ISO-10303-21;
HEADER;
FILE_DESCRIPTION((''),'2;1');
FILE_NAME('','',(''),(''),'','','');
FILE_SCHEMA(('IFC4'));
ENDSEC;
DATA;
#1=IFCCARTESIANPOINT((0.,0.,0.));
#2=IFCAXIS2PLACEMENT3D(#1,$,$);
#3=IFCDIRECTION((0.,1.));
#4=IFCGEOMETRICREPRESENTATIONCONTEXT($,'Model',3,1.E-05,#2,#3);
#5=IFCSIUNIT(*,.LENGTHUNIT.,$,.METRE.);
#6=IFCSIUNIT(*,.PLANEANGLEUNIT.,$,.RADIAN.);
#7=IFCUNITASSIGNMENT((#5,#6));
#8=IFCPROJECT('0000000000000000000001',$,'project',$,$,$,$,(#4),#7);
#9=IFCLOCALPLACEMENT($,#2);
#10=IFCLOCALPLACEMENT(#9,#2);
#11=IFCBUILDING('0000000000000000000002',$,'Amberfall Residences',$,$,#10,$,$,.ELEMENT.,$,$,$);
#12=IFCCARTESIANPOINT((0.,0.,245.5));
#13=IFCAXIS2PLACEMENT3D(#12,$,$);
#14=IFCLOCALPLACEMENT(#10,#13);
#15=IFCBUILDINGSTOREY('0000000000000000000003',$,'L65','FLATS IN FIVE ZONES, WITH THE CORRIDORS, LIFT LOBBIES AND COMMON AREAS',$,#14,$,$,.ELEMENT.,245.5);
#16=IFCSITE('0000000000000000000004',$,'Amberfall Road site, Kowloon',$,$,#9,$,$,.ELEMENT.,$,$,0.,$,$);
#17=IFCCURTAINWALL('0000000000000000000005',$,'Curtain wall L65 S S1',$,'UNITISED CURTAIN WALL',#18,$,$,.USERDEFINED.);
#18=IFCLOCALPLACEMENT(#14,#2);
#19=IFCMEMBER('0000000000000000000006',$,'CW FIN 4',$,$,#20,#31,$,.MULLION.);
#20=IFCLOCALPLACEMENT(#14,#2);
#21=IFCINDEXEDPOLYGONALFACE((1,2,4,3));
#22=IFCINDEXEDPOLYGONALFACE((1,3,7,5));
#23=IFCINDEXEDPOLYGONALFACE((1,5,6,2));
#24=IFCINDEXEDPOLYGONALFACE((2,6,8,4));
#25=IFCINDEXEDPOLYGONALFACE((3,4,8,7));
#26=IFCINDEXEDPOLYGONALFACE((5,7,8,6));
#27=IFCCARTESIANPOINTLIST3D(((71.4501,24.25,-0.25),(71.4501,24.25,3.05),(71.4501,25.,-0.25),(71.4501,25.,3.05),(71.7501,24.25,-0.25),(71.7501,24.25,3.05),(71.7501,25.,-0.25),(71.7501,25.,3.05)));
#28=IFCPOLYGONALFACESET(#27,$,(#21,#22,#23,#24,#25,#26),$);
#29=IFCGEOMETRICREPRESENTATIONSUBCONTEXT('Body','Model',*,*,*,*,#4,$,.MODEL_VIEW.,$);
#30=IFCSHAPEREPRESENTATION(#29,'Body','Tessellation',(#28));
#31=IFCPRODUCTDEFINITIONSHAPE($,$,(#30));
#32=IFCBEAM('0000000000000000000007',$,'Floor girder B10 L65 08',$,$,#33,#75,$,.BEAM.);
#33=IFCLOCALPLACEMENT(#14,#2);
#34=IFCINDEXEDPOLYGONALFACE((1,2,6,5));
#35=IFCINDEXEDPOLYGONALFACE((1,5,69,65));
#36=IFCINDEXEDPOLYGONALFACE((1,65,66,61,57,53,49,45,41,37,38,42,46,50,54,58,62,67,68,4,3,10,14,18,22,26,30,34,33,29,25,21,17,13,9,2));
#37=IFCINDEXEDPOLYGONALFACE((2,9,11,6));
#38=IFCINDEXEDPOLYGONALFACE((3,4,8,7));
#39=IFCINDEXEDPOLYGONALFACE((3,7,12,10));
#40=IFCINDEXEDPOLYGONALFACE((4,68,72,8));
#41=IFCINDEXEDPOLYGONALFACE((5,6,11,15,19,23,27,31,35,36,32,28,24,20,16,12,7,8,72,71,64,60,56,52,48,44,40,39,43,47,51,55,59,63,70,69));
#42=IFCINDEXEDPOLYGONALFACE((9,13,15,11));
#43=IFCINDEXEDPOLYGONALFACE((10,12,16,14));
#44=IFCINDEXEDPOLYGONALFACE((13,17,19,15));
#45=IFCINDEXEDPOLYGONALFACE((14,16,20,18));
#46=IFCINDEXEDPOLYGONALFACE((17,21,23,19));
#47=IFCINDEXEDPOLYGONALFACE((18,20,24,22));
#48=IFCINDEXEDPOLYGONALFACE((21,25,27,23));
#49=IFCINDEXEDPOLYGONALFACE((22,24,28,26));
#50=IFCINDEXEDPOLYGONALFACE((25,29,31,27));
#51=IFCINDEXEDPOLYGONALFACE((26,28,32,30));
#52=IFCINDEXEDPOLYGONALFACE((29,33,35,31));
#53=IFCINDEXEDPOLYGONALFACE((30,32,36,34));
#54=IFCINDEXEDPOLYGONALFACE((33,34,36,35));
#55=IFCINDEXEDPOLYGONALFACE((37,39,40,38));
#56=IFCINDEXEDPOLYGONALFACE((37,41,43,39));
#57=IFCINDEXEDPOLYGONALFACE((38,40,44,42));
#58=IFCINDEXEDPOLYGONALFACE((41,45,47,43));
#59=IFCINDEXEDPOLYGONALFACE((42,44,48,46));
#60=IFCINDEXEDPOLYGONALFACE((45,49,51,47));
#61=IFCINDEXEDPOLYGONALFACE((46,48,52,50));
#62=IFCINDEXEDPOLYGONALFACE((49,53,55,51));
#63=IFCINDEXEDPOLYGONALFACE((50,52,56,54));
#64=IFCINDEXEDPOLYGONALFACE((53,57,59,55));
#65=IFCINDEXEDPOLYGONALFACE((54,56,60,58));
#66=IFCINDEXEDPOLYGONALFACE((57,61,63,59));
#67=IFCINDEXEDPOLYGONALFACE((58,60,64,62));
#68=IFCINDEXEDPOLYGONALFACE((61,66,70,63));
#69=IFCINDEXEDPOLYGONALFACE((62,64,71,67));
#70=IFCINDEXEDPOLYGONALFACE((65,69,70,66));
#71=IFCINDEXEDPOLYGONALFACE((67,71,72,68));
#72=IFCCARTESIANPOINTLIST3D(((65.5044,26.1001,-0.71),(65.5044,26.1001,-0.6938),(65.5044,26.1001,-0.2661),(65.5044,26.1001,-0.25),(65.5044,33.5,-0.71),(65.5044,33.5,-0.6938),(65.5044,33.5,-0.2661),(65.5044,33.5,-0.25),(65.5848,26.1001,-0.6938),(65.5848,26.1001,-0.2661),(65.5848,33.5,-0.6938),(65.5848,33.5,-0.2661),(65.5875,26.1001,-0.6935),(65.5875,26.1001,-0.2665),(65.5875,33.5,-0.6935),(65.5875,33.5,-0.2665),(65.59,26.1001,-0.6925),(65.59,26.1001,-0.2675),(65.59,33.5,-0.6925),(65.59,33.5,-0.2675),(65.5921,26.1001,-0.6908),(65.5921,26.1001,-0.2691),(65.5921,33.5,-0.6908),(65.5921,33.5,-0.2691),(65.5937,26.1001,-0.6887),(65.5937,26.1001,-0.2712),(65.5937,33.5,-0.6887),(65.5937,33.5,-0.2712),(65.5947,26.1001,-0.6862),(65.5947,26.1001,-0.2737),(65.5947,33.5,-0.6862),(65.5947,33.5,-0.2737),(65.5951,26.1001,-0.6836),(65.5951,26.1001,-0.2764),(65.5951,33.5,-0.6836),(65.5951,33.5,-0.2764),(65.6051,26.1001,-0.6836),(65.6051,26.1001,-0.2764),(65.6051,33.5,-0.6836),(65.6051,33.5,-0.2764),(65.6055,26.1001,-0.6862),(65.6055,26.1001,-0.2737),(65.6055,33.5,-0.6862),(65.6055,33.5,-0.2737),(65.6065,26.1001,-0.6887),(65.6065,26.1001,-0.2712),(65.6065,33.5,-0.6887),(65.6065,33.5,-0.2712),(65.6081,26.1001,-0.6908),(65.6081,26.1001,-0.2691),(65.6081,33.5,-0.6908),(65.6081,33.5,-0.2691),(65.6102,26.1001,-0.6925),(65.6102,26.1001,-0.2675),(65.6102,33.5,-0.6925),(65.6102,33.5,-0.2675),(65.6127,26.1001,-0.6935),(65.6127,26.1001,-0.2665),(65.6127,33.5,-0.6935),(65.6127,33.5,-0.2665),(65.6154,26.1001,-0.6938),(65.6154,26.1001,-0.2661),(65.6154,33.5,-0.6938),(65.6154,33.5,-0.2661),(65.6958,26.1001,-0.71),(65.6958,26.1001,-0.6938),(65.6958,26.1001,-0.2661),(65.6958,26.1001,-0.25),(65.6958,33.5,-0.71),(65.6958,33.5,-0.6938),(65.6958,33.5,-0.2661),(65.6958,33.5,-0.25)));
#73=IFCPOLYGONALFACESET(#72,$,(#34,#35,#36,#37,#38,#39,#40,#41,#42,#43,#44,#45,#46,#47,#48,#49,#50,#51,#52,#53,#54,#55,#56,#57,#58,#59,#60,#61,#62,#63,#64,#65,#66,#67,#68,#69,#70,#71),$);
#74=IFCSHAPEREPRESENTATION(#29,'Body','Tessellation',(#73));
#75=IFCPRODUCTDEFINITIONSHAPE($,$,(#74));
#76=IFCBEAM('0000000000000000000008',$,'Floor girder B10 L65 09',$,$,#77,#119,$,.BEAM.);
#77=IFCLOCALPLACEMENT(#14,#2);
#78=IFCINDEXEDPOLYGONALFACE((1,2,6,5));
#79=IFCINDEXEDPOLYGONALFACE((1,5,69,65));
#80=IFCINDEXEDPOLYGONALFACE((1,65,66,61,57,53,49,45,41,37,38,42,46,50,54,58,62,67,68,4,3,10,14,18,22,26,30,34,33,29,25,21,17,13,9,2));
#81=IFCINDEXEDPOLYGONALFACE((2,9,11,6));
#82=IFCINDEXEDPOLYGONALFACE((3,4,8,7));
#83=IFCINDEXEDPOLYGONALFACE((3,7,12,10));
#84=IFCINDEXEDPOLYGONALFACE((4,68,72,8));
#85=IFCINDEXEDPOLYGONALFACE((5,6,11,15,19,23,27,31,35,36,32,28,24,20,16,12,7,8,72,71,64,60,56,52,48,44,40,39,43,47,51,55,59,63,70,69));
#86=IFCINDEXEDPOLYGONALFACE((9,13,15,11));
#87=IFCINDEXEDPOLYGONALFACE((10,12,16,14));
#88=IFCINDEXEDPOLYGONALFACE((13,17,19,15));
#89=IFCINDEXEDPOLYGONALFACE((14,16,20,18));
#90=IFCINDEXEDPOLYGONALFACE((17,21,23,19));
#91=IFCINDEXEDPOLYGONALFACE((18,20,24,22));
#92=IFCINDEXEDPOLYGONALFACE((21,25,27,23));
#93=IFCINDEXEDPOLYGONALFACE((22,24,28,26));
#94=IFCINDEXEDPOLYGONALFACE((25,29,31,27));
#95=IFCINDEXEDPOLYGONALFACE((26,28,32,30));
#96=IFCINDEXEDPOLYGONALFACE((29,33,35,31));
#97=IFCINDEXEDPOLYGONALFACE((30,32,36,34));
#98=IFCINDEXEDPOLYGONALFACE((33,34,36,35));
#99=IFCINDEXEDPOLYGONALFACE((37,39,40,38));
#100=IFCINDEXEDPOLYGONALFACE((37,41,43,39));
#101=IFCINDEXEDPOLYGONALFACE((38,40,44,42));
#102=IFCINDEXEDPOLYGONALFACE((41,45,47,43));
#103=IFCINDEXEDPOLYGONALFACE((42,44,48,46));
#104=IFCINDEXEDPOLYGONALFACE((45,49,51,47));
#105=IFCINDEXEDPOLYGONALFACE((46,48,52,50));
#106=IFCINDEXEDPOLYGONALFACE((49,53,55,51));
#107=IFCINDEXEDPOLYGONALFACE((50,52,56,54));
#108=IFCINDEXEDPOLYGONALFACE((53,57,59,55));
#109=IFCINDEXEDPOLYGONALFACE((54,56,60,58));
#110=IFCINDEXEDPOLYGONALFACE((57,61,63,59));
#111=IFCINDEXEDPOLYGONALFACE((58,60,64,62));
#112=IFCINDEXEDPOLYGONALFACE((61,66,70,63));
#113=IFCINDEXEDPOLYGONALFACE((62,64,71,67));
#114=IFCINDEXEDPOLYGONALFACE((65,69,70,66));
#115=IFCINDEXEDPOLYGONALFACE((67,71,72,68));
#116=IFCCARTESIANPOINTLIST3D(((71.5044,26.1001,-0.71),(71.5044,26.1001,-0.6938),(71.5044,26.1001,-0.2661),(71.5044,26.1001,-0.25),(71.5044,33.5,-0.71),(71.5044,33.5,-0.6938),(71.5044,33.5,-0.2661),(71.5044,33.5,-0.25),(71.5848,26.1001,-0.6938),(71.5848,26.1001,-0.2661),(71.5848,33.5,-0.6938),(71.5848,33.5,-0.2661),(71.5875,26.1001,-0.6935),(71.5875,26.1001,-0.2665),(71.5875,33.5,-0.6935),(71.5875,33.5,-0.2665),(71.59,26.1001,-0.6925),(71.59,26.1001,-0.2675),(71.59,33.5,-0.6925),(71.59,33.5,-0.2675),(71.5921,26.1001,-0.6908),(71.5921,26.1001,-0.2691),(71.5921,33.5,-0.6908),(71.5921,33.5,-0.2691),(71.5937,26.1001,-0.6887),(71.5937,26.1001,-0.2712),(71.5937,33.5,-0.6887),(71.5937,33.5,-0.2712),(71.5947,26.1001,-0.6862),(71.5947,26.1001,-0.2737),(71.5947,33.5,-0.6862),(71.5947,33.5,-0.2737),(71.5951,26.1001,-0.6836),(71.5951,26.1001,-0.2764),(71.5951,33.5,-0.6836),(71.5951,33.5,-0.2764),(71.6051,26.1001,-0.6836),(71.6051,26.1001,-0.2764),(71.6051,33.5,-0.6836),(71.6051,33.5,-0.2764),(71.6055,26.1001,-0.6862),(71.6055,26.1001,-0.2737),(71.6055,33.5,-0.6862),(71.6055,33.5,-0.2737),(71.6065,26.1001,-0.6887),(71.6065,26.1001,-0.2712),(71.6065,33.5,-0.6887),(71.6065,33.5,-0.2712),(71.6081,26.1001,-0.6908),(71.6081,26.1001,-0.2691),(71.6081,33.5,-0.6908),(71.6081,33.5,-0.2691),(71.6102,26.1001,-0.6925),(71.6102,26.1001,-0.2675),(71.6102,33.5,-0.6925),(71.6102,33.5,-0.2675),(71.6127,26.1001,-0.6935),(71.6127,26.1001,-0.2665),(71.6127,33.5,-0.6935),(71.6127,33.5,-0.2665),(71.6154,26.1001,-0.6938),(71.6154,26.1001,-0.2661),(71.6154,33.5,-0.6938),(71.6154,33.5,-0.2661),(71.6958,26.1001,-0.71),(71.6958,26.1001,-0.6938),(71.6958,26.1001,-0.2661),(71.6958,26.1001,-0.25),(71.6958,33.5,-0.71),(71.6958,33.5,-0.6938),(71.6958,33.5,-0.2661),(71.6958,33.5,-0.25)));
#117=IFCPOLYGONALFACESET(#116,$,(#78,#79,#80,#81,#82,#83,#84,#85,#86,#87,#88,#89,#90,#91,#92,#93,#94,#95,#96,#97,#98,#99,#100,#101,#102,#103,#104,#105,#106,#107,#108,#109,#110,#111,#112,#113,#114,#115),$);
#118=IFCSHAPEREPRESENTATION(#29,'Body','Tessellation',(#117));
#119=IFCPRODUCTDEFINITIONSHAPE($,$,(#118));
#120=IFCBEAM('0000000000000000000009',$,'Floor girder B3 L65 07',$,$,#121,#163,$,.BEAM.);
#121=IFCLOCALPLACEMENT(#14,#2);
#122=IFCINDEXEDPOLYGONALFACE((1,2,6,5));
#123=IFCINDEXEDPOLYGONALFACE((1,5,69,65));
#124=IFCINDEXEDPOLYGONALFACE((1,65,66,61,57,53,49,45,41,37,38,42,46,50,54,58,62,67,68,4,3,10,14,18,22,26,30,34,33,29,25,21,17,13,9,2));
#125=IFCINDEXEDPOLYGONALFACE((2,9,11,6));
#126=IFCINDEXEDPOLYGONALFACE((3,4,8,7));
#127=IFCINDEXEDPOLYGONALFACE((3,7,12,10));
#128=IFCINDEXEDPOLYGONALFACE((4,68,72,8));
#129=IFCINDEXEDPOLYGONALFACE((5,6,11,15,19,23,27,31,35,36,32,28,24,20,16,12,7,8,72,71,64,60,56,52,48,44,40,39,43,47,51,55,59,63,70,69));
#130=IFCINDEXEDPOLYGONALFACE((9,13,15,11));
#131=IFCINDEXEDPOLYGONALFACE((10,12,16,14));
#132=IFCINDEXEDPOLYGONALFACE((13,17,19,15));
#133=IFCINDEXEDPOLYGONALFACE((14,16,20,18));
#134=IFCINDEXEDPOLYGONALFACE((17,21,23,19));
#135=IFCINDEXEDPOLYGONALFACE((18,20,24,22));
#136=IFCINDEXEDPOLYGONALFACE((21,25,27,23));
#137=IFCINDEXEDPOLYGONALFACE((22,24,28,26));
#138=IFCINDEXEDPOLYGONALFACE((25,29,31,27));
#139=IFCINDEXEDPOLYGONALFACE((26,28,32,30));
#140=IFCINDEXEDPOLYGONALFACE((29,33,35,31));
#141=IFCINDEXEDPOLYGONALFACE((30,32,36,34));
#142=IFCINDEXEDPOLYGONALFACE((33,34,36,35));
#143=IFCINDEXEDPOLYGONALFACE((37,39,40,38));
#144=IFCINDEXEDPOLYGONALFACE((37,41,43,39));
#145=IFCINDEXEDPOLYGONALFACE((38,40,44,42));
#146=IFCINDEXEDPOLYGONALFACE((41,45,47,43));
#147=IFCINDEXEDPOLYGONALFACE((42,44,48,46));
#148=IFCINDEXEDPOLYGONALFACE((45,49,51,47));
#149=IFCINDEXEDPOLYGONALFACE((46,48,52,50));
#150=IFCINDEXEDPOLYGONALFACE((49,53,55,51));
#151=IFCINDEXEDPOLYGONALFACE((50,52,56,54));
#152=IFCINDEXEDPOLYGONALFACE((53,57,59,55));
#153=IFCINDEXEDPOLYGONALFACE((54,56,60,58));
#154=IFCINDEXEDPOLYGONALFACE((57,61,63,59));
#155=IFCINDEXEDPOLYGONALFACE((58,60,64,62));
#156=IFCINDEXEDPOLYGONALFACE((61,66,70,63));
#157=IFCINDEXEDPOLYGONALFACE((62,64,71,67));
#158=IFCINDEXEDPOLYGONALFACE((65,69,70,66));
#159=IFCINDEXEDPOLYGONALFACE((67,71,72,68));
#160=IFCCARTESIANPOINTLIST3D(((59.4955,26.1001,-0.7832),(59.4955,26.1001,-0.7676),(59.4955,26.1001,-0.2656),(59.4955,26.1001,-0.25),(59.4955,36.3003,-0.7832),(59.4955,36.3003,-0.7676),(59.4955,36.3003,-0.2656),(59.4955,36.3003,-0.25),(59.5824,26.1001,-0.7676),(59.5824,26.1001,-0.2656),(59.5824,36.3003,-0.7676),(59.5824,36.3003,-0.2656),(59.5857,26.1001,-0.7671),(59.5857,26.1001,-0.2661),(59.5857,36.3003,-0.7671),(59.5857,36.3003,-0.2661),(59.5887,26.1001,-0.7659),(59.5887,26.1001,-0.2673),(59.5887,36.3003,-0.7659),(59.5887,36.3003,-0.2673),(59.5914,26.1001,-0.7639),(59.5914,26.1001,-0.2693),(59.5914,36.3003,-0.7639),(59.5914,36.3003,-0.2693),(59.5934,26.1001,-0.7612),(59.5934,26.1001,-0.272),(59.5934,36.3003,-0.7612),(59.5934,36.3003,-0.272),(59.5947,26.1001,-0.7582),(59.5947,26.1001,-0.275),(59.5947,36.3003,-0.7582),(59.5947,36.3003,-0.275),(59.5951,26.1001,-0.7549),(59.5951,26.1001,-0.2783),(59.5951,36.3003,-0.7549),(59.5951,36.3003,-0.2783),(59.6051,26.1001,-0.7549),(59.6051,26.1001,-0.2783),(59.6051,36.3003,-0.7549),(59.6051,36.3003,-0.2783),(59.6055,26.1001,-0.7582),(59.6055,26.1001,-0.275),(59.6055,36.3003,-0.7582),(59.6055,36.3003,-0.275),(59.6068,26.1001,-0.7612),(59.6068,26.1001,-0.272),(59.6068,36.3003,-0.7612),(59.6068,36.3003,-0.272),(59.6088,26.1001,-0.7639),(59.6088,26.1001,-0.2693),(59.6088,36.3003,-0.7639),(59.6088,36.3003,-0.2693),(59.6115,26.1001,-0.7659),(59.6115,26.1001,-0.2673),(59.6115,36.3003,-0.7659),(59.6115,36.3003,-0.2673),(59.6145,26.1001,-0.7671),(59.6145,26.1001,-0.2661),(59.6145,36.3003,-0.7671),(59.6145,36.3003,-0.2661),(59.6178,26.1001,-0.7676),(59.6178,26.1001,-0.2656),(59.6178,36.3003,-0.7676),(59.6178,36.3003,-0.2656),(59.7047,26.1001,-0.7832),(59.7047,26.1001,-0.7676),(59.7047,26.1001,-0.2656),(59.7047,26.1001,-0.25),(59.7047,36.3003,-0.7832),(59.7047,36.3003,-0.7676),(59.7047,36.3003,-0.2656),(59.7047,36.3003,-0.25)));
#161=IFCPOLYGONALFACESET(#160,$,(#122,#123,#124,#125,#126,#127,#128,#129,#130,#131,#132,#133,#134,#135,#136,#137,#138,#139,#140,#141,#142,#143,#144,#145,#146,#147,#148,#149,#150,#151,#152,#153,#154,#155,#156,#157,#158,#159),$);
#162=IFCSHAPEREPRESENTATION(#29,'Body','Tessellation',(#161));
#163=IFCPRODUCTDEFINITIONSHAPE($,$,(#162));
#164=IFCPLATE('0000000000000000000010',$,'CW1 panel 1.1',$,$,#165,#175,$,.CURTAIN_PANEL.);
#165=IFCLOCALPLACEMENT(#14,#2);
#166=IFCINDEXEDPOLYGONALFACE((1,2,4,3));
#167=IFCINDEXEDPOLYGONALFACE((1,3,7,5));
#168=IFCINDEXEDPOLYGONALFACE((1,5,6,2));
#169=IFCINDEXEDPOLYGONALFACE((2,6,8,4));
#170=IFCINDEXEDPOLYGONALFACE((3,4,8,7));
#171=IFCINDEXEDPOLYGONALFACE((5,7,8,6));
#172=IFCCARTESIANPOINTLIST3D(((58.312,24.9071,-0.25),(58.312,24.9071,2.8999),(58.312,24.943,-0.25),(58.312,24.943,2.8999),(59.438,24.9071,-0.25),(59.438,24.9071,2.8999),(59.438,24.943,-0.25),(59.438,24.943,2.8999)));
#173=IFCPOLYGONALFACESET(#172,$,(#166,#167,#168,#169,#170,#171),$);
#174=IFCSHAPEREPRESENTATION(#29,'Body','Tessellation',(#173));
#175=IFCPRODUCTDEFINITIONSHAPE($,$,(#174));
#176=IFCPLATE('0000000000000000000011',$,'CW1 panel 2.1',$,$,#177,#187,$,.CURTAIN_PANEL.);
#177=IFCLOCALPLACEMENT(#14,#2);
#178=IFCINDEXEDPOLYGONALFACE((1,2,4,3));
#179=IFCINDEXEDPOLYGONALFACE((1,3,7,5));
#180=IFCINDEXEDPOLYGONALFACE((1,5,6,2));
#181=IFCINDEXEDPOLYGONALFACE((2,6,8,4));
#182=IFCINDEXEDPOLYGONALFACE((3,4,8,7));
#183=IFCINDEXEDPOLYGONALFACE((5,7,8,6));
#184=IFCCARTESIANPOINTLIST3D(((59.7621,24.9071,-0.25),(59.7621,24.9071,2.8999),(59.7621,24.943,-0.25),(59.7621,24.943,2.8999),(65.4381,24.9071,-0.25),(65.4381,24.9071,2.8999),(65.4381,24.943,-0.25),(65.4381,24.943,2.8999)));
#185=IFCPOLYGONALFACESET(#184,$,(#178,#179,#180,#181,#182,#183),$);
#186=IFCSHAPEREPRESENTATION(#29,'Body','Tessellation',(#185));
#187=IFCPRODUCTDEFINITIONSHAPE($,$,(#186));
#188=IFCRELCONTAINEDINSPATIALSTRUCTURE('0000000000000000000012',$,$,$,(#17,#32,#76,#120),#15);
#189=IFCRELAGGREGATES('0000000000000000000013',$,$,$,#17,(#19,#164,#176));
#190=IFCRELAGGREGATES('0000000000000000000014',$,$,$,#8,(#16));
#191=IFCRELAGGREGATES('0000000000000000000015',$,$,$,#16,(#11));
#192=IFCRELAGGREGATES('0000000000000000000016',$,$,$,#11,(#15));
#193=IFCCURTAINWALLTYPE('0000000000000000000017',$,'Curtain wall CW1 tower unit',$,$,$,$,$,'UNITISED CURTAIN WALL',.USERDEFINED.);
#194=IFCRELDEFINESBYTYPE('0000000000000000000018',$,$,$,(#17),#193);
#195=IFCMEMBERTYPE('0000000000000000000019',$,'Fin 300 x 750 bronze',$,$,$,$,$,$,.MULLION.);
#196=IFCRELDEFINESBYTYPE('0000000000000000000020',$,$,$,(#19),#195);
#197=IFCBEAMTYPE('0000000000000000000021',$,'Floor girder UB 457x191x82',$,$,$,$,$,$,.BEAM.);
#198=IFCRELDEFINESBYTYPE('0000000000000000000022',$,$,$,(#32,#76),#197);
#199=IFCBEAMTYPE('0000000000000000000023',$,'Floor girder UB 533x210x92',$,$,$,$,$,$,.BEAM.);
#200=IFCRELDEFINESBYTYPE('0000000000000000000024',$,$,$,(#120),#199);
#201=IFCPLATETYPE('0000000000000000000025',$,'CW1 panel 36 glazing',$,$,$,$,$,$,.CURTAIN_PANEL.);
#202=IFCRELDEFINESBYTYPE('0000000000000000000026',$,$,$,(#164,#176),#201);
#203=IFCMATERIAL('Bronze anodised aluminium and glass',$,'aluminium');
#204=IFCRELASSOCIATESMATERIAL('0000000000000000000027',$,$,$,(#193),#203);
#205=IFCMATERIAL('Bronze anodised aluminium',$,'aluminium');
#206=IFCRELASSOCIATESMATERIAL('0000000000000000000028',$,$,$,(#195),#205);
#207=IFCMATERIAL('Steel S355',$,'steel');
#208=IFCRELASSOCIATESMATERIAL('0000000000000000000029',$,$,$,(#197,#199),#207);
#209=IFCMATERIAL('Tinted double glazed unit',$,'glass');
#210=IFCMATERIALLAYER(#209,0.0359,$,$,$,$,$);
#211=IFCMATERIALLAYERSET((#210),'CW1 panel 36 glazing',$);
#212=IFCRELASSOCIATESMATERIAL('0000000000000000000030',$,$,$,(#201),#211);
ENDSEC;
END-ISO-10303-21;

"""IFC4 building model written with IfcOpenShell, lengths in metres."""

from ifc_helpers import new_model, si_unit, direction, frame, origin, origin_2d, place, context, subcontext, project, spatial, rectangle, i_section, extrude, material, layer, layer_set, material_profile, profile_set, type_object, element, aggregate, save


model = new_model("IFC4")

# Units and contexts
model_context = context("Model", 3, precision=1e-05, world=origin(), true_north=direction((0.0, 1.0)))
body_context = subcontext(model_context, "Body", "Model", "MODEL_VIEW")
ifc_project = project(units=[si_unit("LENGTHUNIT", "METRE"), si_unit("PLANEANGLEUNIT", "RADIAN")], contexts=[model_context])

# Site, building, storey
site_placement = place(None, origin())
site = spatial("IfcSite", under=ifc_project, at=site_placement, Name="Amberfall Road site, Kowloon", CompositionType="ELEMENT", RefElevation=0.0)
building_placement = place(site_placement, origin())
building = spatial("IfcBuilding", under=site, at=building_placement, Name="Amberfall Residences", CompositionType="ELEMENT")
storey_placement = place(building_placement, frame((0.0, 0.0, 245.5)))
storey = spatial("IfcBuildingStorey", under=building, at=storey_placement, Name="L65", Description="FLATS IN FIVE ZONES, WITH THE CORRIDORS, LIFT LOBBIES AND COMMON AREAS", CompositionType="ELEMENT", Elevation=245.5)

# Curtain wall
ifc_material_1 = material(Name="Bronze anodised aluminium and glass", Category="aluminium")
curtain_wall_type = type_object("IfcCurtainWallType", Name="Curtain wall CW1 tower unit", ElementType="UNITISED CURTAIN WALL", PredefinedType="USERDEFINED", material=ifc_material_1)
curtain_wall_placement = place(storey_placement, origin())
curtain_wall = element("IfcCurtainWall", 1, at=curtain_wall_placement, inside=storey, type_object=curtain_wall_type, Name="Curtain wall L65 S S1", ObjectType="UNITISED CURTAIN WALL", PredefinedType="USERDEFINED")
ifc_material_2 = material(Name="Bronze anodised aluminium", Category="aluminium")

# Shared definitions
ifc_material_3 = material(Name="Steel S355", Category="steel")

# Member
ifc_material_profile_1 = material_profile(ifc_material_2, rectangle(XDim=0.75, YDim=0.3, at=origin_2d()), Name="Fin 300 x 750 bronze")
ifc_profile_set_1 = profile_set([ifc_material_profile_1], Name="Bronze anodised aluminium")
member_type_1 = type_object("IfcMemberType", Name="Fin 300 x 750 bronze", PredefinedType="MULLION", material=ifc_profile_set_1)
member_1_placement = place(storey_placement, frame((71.6001, 24.625, -0.25), z_axis=(0.0, 0.0, 1.0), x_axis=(0.0, 1.0, 0.0)))
member_1 = element("IfcMember", 2, at=member_1_placement, type_object=member_type_1, Name="CW FIN 4", PredefinedType="MULLION", context=body_context, shape_type="SweptSolid", body=[
    extrude(rectangle(XDim=0.75, YDim=0.3, at=origin_2d()), origin(), (0.0, 0.0, 1.0), 3.3),
])

# Beams
ifc_material_profile_2 = material_profile(ifc_material_3, i_section(OverallWidth=0.1914, OverallDepth=0.46, WebThickness=0.01, FlangeThickness=0.0161, FilletRadius=0.0103, at=origin_2d()), Name="UB 457x191x82")
ifc_profile_set_2 = profile_set([ifc_material_profile_2], Name="Steel S355")
beam_type_1 = type_object("IfcBeamType", Name="Floor girder UB 457x191x82", PredefinedType="BEAM", material=ifc_profile_set_2)
for number, where, z_axis, x_axis, name in (
    (3, (65.6001, 26.1001, -0.48), (0.0, 1.0, 0.0), (-1.0, 0.0, 0.0), "Floor girder B10 L65 08"),
    (4, (71.6001, 26.1001, -0.48), (0.0, 1.0, 0.0), (-1.0, 0.0, 0.0), "Floor girder B10 L65 09"),
):
    element("IfcBeam", number, at=place(storey_placement, frame(where, z_axis=z_axis, x_axis=x_axis)), inside=storey, type_object=beam_type_1, Name=name, PredefinedType="BEAM", context=body_context, shape_type="SweptSolid", body=[
        extrude(i_section(OverallWidth=0.1914, OverallDepth=0.46, WebThickness=0.01, FlangeThickness=0.0161, FilletRadius=0.0103, at=origin_2d()), origin(), (0.0, 0.0, 1.0), 7.3999),
    ])
ifc_material_profile_3 = material_profile(ifc_material_3, i_section(OverallWidth=0.2092, OverallDepth=0.5332, WebThickness=0.01, FlangeThickness=0.0156, FilletRadius=0.0127, at=origin_2d()), Name="UB 533x210x92")
ifc_profile_set_3 = profile_set([ifc_material_profile_3], Name="Steel S355")
beam_type_2 = type_object("IfcBeamType", Name="Floor girder UB 533x210x92", PredefinedType="BEAM", material=ifc_profile_set_3)
beam_placement = place(storey_placement, frame((59.6001, 26.1001, -0.5166), z_axis=(0.0, 1.0, 0.0), x_axis=(-1.0, 0.0, 0.0)))
element("IfcBeam", 5, at=beam_placement, inside=storey, type_object=beam_type_2, Name="Floor girder B3 L65 07", PredefinedType="BEAM", context=body_context, shape_type="SweptSolid", body=[
    extrude(i_section(OverallWidth=0.2092, OverallDepth=0.5332, WebThickness=0.01, FlangeThickness=0.0156, FilletRadius=0.0127, at=origin_2d()), origin(), (0.0, 0.0, 1.0), 10.2002),
])

# Plates
ifc_material_4 = material(Name="Tinted double glazed unit", Category="glass")
ifc_layer_1 = layer(ifc_material_4, 0.0359)
ifc_layer_set_1 = layer_set([ifc_layer_1], Name="CW1 panel 36 glazing")
plate_type = type_object("IfcPlateType", Name="CW1 panel 36 glazing", PredefinedType="CURTAIN_PANEL", material=ifc_layer_set_1)
plate_1_placement = place(storey_placement, frame((58.875, 24.925, -0.25), z_axis=(0.0, 0.0, 1.0), x_axis=(1.0, 0.0, 0.0)))
plate_1 = element("IfcPlate", 6, at=plate_1_placement, type_object=plate_type, Name="CW1 panel 1.1", PredefinedType="CURTAIN_PANEL", context=body_context, shape_type="SweptSolid", body=[
    extrude(rectangle(XDim=1.126, YDim=0.0359, at=origin_2d()), origin(), (0.0, 0.0, 1.0), 3.1499),
])
plate_2_placement = place(storey_placement, frame((62.6001, 24.925, -0.25), z_axis=(0.0, 0.0, 1.0), x_axis=(1.0, 0.0, 0.0)))
plate_2 = element("IfcPlate", 7, at=plate_2_placement, type_object=plate_type, Name="CW1 panel 2.1", PredefinedType="CURTAIN_PANEL", context=body_context, shape_type="SweptSolid", body=[
    extrude(rectangle(XDim=5.676, YDim=0.0359, at=origin_2d()), origin(), (0.0, 0.0, 1.0), 3.1499),
])
aggregate(curtain_wall, [member_1, plate_1, plate_2])

save(model, "model.ifc")
